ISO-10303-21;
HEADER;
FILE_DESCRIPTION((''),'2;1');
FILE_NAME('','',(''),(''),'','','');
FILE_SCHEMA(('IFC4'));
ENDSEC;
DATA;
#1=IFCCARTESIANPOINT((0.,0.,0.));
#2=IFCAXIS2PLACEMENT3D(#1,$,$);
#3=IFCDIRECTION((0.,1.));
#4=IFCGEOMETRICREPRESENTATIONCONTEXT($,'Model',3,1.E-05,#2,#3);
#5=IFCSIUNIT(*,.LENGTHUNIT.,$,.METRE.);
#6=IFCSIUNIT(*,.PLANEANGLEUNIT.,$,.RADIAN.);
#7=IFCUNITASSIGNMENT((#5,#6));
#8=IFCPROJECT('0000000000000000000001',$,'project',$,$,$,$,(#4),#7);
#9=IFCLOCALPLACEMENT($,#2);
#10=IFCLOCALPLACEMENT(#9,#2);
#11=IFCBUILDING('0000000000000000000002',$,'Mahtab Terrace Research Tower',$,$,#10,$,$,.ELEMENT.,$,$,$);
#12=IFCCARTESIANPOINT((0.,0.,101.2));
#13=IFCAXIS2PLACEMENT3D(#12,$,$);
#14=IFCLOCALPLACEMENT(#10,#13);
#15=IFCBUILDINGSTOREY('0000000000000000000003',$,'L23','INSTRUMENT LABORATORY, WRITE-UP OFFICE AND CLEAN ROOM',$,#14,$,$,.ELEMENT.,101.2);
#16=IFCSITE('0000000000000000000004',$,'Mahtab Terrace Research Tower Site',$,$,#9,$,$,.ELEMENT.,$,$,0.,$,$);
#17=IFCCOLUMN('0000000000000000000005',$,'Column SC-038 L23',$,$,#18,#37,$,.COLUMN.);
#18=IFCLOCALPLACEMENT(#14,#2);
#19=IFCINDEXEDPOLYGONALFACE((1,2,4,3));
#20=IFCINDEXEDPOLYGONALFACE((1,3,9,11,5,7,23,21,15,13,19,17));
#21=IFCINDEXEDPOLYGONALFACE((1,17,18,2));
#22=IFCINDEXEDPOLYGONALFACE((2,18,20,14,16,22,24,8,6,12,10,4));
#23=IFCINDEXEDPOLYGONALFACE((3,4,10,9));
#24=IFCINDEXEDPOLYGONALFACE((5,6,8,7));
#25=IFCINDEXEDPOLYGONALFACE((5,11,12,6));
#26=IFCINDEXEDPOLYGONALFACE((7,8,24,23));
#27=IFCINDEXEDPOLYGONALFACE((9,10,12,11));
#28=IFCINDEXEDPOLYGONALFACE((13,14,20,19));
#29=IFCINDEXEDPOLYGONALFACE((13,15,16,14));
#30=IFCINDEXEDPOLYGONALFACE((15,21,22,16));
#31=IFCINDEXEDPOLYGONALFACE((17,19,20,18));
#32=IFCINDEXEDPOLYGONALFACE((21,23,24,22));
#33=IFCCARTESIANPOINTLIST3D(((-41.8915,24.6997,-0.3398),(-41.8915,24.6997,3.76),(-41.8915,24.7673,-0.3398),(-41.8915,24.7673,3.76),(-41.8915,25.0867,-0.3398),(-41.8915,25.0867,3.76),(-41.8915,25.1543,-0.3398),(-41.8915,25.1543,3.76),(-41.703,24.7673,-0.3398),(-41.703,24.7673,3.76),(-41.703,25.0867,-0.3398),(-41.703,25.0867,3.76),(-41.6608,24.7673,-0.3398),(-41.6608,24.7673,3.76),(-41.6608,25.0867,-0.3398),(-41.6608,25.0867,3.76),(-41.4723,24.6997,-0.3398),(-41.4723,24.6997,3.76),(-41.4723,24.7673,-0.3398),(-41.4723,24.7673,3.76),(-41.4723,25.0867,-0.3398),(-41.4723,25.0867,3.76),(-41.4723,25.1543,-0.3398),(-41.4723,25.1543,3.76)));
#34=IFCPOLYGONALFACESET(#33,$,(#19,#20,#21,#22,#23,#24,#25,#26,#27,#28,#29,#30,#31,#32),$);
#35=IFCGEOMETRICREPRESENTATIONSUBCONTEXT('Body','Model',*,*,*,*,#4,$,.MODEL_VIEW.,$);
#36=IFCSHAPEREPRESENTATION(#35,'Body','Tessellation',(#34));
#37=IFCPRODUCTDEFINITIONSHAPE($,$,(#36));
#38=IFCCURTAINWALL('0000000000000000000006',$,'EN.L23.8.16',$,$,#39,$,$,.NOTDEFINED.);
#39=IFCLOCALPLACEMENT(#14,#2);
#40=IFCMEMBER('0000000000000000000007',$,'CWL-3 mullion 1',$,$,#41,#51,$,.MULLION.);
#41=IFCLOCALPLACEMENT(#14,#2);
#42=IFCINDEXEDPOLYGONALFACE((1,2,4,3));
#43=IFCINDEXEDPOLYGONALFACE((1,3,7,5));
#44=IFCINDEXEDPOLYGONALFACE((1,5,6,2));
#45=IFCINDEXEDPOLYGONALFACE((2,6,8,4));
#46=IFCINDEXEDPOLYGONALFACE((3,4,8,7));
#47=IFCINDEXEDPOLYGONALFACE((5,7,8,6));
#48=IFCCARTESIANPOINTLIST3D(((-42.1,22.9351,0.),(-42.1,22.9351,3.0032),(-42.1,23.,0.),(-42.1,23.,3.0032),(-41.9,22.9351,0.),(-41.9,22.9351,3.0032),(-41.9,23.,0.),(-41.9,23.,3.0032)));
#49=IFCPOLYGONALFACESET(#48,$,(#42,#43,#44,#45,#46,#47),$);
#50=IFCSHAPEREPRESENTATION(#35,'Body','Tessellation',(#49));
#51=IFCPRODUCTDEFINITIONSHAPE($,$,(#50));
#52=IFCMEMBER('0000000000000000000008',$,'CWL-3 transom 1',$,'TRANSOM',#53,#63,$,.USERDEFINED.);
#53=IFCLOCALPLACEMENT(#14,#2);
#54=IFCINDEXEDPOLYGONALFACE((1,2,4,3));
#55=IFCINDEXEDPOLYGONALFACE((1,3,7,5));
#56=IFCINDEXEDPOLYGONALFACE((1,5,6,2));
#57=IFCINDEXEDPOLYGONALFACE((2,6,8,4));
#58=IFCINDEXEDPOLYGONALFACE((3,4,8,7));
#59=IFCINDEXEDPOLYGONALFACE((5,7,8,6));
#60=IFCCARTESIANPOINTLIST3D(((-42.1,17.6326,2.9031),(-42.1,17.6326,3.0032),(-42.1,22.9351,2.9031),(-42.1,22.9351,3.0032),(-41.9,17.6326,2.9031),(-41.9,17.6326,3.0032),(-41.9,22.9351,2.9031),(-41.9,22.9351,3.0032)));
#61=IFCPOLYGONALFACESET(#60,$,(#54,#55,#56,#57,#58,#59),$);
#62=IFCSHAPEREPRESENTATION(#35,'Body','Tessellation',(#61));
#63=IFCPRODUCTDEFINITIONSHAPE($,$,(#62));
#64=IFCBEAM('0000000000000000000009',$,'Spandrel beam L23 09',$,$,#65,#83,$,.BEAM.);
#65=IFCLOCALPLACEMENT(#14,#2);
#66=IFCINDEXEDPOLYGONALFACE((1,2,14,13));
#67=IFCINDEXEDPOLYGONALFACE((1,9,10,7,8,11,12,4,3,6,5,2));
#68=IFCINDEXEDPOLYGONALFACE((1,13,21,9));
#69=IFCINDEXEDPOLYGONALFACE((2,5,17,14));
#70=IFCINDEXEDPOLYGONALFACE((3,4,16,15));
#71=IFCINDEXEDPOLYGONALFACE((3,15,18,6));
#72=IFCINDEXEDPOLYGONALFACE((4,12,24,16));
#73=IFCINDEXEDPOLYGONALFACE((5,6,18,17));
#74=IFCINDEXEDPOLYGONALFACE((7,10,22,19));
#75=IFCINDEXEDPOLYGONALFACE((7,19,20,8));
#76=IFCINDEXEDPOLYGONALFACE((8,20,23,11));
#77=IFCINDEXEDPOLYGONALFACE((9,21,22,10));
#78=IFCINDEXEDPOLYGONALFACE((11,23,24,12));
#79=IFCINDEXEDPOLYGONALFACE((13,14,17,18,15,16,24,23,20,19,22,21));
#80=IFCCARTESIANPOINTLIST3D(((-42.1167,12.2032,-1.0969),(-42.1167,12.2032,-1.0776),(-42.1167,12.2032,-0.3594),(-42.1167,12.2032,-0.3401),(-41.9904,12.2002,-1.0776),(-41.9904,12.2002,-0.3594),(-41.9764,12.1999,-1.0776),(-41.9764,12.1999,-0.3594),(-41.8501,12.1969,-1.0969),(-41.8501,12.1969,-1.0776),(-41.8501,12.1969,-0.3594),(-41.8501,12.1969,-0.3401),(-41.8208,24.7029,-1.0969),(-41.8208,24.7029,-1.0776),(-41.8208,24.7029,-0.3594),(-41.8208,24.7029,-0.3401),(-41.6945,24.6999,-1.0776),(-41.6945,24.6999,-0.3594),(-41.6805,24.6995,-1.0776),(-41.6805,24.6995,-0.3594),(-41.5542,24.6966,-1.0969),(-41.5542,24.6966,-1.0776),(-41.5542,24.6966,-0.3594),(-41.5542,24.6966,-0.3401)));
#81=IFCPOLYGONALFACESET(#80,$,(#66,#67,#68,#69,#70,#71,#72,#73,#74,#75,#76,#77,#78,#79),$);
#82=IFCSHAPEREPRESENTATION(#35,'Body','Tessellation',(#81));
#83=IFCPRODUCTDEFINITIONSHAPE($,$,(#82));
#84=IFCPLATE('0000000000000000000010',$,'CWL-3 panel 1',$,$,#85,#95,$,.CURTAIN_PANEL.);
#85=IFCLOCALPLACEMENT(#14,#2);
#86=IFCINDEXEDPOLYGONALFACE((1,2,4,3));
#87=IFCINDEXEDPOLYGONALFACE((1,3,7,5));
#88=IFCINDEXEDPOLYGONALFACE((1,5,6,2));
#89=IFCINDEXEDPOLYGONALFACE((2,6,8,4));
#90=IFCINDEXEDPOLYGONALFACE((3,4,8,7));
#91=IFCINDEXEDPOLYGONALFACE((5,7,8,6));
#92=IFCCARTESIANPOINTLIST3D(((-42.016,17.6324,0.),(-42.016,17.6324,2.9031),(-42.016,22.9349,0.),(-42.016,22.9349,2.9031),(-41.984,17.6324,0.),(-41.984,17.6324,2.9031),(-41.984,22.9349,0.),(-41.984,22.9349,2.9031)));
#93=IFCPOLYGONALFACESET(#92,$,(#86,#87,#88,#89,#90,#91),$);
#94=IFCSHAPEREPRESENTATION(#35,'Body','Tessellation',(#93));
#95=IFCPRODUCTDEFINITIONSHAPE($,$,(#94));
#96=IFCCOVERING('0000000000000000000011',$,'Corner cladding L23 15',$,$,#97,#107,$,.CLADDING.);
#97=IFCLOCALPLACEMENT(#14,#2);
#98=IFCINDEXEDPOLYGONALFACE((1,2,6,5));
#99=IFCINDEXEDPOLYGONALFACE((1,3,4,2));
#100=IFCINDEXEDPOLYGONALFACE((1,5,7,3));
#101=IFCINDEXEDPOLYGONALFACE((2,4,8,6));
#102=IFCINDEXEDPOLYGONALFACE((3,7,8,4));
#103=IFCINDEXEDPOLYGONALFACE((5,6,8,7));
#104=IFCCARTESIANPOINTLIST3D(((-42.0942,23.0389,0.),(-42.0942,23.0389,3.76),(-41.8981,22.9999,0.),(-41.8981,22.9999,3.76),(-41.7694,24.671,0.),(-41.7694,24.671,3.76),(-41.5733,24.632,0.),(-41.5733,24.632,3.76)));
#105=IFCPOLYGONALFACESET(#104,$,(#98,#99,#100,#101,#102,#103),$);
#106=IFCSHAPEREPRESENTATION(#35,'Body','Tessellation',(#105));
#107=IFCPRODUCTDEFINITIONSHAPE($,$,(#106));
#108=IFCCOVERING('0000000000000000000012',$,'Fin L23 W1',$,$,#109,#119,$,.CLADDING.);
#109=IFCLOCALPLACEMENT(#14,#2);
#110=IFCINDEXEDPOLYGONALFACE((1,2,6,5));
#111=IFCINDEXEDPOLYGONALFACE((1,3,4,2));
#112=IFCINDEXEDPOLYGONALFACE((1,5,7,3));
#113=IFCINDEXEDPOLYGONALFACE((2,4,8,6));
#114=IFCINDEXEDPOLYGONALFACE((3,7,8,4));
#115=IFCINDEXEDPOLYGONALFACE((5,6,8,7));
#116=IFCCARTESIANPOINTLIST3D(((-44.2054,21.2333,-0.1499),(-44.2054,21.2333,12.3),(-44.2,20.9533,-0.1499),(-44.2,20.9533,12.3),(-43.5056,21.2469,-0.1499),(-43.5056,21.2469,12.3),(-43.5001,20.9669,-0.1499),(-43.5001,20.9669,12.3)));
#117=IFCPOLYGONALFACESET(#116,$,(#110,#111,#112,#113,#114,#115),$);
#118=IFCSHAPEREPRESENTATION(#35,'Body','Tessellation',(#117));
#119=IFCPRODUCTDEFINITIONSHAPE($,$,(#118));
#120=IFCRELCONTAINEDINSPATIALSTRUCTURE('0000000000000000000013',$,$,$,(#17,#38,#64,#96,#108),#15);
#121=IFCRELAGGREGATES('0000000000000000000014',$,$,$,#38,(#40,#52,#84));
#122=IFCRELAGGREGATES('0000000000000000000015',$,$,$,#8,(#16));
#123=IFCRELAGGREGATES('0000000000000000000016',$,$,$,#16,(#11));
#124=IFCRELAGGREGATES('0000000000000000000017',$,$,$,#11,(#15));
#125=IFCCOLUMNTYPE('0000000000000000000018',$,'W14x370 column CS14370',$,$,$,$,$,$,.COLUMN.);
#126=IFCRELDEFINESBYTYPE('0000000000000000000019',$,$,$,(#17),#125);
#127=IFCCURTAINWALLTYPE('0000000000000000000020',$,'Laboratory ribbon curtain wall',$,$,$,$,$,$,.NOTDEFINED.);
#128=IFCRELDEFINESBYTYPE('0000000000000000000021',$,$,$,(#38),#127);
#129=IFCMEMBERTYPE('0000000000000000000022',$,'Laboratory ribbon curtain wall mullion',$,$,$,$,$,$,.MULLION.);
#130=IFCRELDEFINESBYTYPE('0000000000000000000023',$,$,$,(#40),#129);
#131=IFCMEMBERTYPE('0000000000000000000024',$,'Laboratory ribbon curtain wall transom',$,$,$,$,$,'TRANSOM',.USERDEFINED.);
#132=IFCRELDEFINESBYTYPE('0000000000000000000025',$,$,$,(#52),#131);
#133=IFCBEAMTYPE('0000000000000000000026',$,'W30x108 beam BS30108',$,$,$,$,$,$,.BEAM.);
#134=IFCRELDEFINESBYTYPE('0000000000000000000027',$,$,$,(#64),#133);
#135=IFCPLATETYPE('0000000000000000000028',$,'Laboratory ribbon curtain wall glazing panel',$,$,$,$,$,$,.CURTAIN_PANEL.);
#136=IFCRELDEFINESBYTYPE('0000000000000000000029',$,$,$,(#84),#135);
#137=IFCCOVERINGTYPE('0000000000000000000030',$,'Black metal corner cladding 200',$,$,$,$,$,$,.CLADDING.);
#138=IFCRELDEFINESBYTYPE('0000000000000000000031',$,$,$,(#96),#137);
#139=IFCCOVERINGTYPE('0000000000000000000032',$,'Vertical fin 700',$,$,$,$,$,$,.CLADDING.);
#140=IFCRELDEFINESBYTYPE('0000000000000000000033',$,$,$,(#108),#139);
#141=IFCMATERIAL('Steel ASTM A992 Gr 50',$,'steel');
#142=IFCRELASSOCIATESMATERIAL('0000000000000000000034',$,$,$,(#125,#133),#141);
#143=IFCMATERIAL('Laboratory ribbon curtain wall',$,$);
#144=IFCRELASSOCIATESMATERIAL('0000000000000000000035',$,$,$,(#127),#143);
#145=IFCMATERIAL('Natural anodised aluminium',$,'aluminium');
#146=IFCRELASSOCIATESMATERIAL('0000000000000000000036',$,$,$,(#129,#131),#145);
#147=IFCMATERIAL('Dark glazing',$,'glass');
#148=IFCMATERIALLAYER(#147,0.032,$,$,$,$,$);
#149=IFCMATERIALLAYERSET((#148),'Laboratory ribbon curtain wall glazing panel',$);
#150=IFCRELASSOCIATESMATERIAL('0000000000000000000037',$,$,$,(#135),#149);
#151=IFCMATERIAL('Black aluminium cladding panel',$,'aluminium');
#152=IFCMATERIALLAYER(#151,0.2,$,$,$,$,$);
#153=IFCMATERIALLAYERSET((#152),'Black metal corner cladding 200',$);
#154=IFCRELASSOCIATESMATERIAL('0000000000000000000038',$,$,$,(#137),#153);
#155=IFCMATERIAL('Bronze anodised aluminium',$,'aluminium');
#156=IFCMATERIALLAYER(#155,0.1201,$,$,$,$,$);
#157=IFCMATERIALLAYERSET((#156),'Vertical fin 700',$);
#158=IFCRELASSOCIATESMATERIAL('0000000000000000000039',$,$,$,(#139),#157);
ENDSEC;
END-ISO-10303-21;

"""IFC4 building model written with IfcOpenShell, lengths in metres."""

from ifc_helpers import new_model, si_unit, direction, frame, origin, origin_2d, place, context, subcontext, project, spatial, rectangle, i_section, extrude, material, layer, layer_set, material_profile, profile_set, type_object, element, aggregate, save


model = new_model("IFC4")

# Units and contexts
model_context = context("Model", 3, precision=1e-05, world=origin(), true_north=direction((0.0, 1.0)))
body_context = subcontext(model_context, "Body", "Model", "MODEL_VIEW")
ifc_project = project(units=[si_unit("LENGTHUNIT", "METRE"), si_unit("PLANEANGLEUNIT", "RADIAN")], contexts=[model_context])

# Site, building, storey
site_placement = place(None, origin())
site = spatial("IfcSite", under=ifc_project, at=site_placement, Name="Mahtab Terrace Research Tower Site", CompositionType="ELEMENT", RefElevation=0.0)
building_placement = place(site_placement, origin())
building = spatial("IfcBuilding", under=site, at=building_placement, Name="Mahtab Terrace Research Tower", CompositionType="ELEMENT")
storey_placement = place(building_placement, frame((0.0, 0.0, 101.2)))
storey = spatial("IfcBuildingStorey", under=building, at=storey_placement, Name="L23", Description="INSTRUMENT LABORATORY, WRITE-UP OFFICE AND CLEAN ROOM", CompositionType="ELEMENT", Elevation=101.2)

# Column
ifc_material_1 = material(Name="Steel ASTM A992 Gr 50", Category="steel")
ifc_material_profile_1 = material_profile(ifc_material_1, i_section(OverallWidth=0.4192, OverallDepth=0.4546, WebThickness=0.0422, FlangeThickness=0.0676, at=origin_2d()), Name="W14X370")
ifc_profile_set_1 = profile_set([ifc_material_profile_1], Name="Steel ASTM A992 Gr 50")
column_type = type_object("IfcColumnType", Name="W14x370 column CS14370", PredefinedType="COLUMN", material=ifc_profile_set_1)
column_placement = place(storey_placement, frame((-41.6819, 24.927, -0.3398), z_axis=(0.0, 0.0, 1.0), x_axis=(1.0, 0.0, 0.0)))
element("IfcColumn", 1, at=column_placement, inside=storey, type_object=column_type, Name="Column SC-038 L23", PredefinedType="COLUMN", context=body_context, shape_type="SweptSolid", body=[
    extrude(i_section(OverallWidth=0.4192, OverallDepth=0.4546, WebThickness=0.0422, FlangeThickness=0.0676, at=origin_2d()), origin(), (0.0, 0.0, 1.0), 4.0999),
])

# Curtain wall, members
ifc_material_2 = material(Name="Laboratory ribbon curtain wall")
curtain_wall_type = type_object("IfcCurtainWallType", Name="Laboratory ribbon curtain wall", PredefinedType="NOTDEFINED", material=ifc_material_2)
curtain_wall_placement = place(storey_placement, origin())
curtain_wall = element("IfcCurtainWall", 2, at=curtain_wall_placement, inside=storey, type_object=curtain_wall_type, Name="EN.L23.8.16", PredefinedType="NOTDEFINED")
ifc_material_3 = material(Name="Natural anodised aluminium", Category="aluminium")
ifc_material_profile_2 = material_profile(ifc_material_3, rectangle(XDim=0.2, YDim=0.0649, at=origin_2d()), Name="MULLION 65x200")
ifc_profile_set_2 = profile_set([ifc_material_profile_2], Name="Natural anodised aluminium")
member_type_1 = type_object("IfcMemberType", Name="Laboratory ribbon curtain wall mullion", PredefinedType="MULLION", material=ifc_profile_set_2)
member_1_placement = place(storey_placement, frame((-42.0, 22.9675, 0.0), z_axis=(0.0, 0.0, 1.0), x_axis=(1.0, 0.0, 0.0)))
member_1 = element("IfcMember", 3, at=member_1_placement, type_object=member_type_1, Name="CWL-3 mullion 1", PredefinedType="MULLION", context=body_context, shape_type="SweptSolid", body=[
    extrude(rectangle(XDim=0.2, YDim=0.0649, at=origin_2d()), origin(), (0.0, 0.0, 1.0), 3.0032),
])
ifc_material_profile_3 = material_profile(ifc_material_3, rectangle(XDim=0.2, YDim=0.1001, at=origin_2d()), Name="TRANSOM 100x200")
ifc_profile_set_3 = profile_set([ifc_material_profile_3], Name="Natural anodised aluminium")
member_type_2 = type_object("IfcMemberType", Name="Laboratory ribbon curtain wall transom", ElementType="TRANSOM", PredefinedType="USERDEFINED", material=ifc_profile_set_3)
member_2_placement = place(storey_placement, frame((-42.0, 22.9351, 2.9531), z_axis=(0.0, -1.0, 0.0), x_axis=(1.0, 0.0, 0.0)))
member_2 = element("IfcMember", 4, at=member_2_placement, type_object=member_type_2, Name="CWL-3 transom 1", ObjectType="TRANSOM", PredefinedType="USERDEFINED", context=body_context, shape_type="SweptSolid", body=[
    extrude(rectangle(XDim=0.2, YDim=0.1001, at=origin_2d()), origin(), (0.0, 0.0, 1.0), 5.3025),
])

# Beam
ifc_material_profile_4 = material_profile(ifc_material_1, i_section(OverallWidth=0.2666, OverallDepth=0.7568, WebThickness=0.0139, FlangeThickness=0.0193, at=origin_2d()), Name="W30X108")
ifc_profile_set_4 = profile_set([ifc_material_profile_4], Name="Steel ASTM A992 Gr 50")
beam_type = type_object("IfcBeamType", Name="W30x108 beam BS30108", PredefinedType="BEAM", material=ifc_profile_set_4)
beam_placement = place(storey_placement, frame((-41.6875, 24.6997, -0.7185), z_axis=(-0.023666, -0.99972, 0.0), x_axis=(0.99972, -0.023666, 0.0)))
element("IfcBeam", 5, at=beam_placement, inside=storey, type_object=beam_type, Name="Spandrel beam L23 09", PredefinedType="BEAM", context=body_context, shape_type="SweptSolid", body=[
    extrude(i_section(OverallWidth=0.2666, OverallDepth=0.7568, WebThickness=0.0139, FlangeThickness=0.0193, at=origin_2d()), origin(), (0.0, 0.0, 1.0), 12.5032),
])

# Plate
ifc_material_4 = material(Name="Dark glazing", Category="glass")
ifc_layer_1 = layer(ifc_material_4, 0.032)
ifc_layer_set_1 = layer_set([ifc_layer_1], Name="Laboratory ribbon curtain wall glazing panel")
plate_type = type_object("IfcPlateType", Name="Laboratory ribbon curtain wall glazing panel", PredefinedType="CURTAIN_PANEL", material=ifc_layer_set_1)
plate_placement = place(storey_placement, frame((-42.0, 20.2837, 0.0), z_axis=(0.0, 0.0, 1.0), x_axis=(0.0, -1.0, 0.0)))
plate = element("IfcPlate", 6, at=plate_placement, type_object=plate_type, Name="CWL-3 panel 1", PredefinedType="CURTAIN_PANEL", context=body_context, shape_type="SweptSolid", body=[
    extrude(rectangle(XDim=5.3025, YDim=0.032, at=origin_2d()), origin(), (0.0, 0.0, 1.0), 2.9031),
])
aggregate(curtain_wall, [member_1, member_2, plate])

# Coverings
ifc_material_5 = material(Name="Black aluminium cladding panel", Category="aluminium")
ifc_layer_2 = layer(ifc_material_5, 0.2)
ifc_layer_set_2 = layer_set([ifc_layer_2], Name="Black metal corner cladding 200")
covering_type_1 = type_object("IfcCoveringType", Name="Black metal corner cladding 200", PredefinedType="CLADDING", material=ifc_layer_set_2)
covering_1_placement = place(storey_placement, frame((-41.8337, 23.8354, 0.0), z_axis=(0.0, 0.0, 1.0), x_axis=(-0.195212, -0.980761, 0.0)))
element("IfcCovering", 7, at=covering_1_placement, inside=storey, type_object=covering_type_1, Name="Corner cladding L23 15", PredefinedType="CLADDING", context=body_context, shape_type="SweptSolid", body=[
    extrude(rectangle(XDim=1.6641, YDim=0.2, at=origin_2d()), origin(), (0.0, 0.0, 1.0), 3.76),
])
ifc_material_6 = material(Name="Bronze anodised aluminium", Category="aluminium")
ifc_layer_3 = layer(ifc_material_6, 0.1201)
ifc_layer_set_3 = layer_set([ifc_layer_3], Name="Vertical fin 700")
covering_type_2 = type_object("IfcCoveringType", Name="Vertical fin 700", PredefinedType="CLADDING", material=ifc_layer_set_3)
covering_2_placement = place(storey_placement, frame((-43.8528, 21.1001, -0.1499), z_axis=(0.0, 0.0, 1.0), x_axis=(0.019505, -0.99981, 0.0)))
element("IfcCovering", 8, at=covering_2_placement, inside=storey, type_object=covering_type_2, Name="Fin L23 W1", PredefinedType="CLADDING", context=body_context, shape_type="SweptSolid", body=[
    extrude(rectangle(XDim=0.28, YDim=0.7, at=origin_2d()), origin(), (0.0, 0.0, 1.0), 12.45),
])

save(model, "model.ifc")
